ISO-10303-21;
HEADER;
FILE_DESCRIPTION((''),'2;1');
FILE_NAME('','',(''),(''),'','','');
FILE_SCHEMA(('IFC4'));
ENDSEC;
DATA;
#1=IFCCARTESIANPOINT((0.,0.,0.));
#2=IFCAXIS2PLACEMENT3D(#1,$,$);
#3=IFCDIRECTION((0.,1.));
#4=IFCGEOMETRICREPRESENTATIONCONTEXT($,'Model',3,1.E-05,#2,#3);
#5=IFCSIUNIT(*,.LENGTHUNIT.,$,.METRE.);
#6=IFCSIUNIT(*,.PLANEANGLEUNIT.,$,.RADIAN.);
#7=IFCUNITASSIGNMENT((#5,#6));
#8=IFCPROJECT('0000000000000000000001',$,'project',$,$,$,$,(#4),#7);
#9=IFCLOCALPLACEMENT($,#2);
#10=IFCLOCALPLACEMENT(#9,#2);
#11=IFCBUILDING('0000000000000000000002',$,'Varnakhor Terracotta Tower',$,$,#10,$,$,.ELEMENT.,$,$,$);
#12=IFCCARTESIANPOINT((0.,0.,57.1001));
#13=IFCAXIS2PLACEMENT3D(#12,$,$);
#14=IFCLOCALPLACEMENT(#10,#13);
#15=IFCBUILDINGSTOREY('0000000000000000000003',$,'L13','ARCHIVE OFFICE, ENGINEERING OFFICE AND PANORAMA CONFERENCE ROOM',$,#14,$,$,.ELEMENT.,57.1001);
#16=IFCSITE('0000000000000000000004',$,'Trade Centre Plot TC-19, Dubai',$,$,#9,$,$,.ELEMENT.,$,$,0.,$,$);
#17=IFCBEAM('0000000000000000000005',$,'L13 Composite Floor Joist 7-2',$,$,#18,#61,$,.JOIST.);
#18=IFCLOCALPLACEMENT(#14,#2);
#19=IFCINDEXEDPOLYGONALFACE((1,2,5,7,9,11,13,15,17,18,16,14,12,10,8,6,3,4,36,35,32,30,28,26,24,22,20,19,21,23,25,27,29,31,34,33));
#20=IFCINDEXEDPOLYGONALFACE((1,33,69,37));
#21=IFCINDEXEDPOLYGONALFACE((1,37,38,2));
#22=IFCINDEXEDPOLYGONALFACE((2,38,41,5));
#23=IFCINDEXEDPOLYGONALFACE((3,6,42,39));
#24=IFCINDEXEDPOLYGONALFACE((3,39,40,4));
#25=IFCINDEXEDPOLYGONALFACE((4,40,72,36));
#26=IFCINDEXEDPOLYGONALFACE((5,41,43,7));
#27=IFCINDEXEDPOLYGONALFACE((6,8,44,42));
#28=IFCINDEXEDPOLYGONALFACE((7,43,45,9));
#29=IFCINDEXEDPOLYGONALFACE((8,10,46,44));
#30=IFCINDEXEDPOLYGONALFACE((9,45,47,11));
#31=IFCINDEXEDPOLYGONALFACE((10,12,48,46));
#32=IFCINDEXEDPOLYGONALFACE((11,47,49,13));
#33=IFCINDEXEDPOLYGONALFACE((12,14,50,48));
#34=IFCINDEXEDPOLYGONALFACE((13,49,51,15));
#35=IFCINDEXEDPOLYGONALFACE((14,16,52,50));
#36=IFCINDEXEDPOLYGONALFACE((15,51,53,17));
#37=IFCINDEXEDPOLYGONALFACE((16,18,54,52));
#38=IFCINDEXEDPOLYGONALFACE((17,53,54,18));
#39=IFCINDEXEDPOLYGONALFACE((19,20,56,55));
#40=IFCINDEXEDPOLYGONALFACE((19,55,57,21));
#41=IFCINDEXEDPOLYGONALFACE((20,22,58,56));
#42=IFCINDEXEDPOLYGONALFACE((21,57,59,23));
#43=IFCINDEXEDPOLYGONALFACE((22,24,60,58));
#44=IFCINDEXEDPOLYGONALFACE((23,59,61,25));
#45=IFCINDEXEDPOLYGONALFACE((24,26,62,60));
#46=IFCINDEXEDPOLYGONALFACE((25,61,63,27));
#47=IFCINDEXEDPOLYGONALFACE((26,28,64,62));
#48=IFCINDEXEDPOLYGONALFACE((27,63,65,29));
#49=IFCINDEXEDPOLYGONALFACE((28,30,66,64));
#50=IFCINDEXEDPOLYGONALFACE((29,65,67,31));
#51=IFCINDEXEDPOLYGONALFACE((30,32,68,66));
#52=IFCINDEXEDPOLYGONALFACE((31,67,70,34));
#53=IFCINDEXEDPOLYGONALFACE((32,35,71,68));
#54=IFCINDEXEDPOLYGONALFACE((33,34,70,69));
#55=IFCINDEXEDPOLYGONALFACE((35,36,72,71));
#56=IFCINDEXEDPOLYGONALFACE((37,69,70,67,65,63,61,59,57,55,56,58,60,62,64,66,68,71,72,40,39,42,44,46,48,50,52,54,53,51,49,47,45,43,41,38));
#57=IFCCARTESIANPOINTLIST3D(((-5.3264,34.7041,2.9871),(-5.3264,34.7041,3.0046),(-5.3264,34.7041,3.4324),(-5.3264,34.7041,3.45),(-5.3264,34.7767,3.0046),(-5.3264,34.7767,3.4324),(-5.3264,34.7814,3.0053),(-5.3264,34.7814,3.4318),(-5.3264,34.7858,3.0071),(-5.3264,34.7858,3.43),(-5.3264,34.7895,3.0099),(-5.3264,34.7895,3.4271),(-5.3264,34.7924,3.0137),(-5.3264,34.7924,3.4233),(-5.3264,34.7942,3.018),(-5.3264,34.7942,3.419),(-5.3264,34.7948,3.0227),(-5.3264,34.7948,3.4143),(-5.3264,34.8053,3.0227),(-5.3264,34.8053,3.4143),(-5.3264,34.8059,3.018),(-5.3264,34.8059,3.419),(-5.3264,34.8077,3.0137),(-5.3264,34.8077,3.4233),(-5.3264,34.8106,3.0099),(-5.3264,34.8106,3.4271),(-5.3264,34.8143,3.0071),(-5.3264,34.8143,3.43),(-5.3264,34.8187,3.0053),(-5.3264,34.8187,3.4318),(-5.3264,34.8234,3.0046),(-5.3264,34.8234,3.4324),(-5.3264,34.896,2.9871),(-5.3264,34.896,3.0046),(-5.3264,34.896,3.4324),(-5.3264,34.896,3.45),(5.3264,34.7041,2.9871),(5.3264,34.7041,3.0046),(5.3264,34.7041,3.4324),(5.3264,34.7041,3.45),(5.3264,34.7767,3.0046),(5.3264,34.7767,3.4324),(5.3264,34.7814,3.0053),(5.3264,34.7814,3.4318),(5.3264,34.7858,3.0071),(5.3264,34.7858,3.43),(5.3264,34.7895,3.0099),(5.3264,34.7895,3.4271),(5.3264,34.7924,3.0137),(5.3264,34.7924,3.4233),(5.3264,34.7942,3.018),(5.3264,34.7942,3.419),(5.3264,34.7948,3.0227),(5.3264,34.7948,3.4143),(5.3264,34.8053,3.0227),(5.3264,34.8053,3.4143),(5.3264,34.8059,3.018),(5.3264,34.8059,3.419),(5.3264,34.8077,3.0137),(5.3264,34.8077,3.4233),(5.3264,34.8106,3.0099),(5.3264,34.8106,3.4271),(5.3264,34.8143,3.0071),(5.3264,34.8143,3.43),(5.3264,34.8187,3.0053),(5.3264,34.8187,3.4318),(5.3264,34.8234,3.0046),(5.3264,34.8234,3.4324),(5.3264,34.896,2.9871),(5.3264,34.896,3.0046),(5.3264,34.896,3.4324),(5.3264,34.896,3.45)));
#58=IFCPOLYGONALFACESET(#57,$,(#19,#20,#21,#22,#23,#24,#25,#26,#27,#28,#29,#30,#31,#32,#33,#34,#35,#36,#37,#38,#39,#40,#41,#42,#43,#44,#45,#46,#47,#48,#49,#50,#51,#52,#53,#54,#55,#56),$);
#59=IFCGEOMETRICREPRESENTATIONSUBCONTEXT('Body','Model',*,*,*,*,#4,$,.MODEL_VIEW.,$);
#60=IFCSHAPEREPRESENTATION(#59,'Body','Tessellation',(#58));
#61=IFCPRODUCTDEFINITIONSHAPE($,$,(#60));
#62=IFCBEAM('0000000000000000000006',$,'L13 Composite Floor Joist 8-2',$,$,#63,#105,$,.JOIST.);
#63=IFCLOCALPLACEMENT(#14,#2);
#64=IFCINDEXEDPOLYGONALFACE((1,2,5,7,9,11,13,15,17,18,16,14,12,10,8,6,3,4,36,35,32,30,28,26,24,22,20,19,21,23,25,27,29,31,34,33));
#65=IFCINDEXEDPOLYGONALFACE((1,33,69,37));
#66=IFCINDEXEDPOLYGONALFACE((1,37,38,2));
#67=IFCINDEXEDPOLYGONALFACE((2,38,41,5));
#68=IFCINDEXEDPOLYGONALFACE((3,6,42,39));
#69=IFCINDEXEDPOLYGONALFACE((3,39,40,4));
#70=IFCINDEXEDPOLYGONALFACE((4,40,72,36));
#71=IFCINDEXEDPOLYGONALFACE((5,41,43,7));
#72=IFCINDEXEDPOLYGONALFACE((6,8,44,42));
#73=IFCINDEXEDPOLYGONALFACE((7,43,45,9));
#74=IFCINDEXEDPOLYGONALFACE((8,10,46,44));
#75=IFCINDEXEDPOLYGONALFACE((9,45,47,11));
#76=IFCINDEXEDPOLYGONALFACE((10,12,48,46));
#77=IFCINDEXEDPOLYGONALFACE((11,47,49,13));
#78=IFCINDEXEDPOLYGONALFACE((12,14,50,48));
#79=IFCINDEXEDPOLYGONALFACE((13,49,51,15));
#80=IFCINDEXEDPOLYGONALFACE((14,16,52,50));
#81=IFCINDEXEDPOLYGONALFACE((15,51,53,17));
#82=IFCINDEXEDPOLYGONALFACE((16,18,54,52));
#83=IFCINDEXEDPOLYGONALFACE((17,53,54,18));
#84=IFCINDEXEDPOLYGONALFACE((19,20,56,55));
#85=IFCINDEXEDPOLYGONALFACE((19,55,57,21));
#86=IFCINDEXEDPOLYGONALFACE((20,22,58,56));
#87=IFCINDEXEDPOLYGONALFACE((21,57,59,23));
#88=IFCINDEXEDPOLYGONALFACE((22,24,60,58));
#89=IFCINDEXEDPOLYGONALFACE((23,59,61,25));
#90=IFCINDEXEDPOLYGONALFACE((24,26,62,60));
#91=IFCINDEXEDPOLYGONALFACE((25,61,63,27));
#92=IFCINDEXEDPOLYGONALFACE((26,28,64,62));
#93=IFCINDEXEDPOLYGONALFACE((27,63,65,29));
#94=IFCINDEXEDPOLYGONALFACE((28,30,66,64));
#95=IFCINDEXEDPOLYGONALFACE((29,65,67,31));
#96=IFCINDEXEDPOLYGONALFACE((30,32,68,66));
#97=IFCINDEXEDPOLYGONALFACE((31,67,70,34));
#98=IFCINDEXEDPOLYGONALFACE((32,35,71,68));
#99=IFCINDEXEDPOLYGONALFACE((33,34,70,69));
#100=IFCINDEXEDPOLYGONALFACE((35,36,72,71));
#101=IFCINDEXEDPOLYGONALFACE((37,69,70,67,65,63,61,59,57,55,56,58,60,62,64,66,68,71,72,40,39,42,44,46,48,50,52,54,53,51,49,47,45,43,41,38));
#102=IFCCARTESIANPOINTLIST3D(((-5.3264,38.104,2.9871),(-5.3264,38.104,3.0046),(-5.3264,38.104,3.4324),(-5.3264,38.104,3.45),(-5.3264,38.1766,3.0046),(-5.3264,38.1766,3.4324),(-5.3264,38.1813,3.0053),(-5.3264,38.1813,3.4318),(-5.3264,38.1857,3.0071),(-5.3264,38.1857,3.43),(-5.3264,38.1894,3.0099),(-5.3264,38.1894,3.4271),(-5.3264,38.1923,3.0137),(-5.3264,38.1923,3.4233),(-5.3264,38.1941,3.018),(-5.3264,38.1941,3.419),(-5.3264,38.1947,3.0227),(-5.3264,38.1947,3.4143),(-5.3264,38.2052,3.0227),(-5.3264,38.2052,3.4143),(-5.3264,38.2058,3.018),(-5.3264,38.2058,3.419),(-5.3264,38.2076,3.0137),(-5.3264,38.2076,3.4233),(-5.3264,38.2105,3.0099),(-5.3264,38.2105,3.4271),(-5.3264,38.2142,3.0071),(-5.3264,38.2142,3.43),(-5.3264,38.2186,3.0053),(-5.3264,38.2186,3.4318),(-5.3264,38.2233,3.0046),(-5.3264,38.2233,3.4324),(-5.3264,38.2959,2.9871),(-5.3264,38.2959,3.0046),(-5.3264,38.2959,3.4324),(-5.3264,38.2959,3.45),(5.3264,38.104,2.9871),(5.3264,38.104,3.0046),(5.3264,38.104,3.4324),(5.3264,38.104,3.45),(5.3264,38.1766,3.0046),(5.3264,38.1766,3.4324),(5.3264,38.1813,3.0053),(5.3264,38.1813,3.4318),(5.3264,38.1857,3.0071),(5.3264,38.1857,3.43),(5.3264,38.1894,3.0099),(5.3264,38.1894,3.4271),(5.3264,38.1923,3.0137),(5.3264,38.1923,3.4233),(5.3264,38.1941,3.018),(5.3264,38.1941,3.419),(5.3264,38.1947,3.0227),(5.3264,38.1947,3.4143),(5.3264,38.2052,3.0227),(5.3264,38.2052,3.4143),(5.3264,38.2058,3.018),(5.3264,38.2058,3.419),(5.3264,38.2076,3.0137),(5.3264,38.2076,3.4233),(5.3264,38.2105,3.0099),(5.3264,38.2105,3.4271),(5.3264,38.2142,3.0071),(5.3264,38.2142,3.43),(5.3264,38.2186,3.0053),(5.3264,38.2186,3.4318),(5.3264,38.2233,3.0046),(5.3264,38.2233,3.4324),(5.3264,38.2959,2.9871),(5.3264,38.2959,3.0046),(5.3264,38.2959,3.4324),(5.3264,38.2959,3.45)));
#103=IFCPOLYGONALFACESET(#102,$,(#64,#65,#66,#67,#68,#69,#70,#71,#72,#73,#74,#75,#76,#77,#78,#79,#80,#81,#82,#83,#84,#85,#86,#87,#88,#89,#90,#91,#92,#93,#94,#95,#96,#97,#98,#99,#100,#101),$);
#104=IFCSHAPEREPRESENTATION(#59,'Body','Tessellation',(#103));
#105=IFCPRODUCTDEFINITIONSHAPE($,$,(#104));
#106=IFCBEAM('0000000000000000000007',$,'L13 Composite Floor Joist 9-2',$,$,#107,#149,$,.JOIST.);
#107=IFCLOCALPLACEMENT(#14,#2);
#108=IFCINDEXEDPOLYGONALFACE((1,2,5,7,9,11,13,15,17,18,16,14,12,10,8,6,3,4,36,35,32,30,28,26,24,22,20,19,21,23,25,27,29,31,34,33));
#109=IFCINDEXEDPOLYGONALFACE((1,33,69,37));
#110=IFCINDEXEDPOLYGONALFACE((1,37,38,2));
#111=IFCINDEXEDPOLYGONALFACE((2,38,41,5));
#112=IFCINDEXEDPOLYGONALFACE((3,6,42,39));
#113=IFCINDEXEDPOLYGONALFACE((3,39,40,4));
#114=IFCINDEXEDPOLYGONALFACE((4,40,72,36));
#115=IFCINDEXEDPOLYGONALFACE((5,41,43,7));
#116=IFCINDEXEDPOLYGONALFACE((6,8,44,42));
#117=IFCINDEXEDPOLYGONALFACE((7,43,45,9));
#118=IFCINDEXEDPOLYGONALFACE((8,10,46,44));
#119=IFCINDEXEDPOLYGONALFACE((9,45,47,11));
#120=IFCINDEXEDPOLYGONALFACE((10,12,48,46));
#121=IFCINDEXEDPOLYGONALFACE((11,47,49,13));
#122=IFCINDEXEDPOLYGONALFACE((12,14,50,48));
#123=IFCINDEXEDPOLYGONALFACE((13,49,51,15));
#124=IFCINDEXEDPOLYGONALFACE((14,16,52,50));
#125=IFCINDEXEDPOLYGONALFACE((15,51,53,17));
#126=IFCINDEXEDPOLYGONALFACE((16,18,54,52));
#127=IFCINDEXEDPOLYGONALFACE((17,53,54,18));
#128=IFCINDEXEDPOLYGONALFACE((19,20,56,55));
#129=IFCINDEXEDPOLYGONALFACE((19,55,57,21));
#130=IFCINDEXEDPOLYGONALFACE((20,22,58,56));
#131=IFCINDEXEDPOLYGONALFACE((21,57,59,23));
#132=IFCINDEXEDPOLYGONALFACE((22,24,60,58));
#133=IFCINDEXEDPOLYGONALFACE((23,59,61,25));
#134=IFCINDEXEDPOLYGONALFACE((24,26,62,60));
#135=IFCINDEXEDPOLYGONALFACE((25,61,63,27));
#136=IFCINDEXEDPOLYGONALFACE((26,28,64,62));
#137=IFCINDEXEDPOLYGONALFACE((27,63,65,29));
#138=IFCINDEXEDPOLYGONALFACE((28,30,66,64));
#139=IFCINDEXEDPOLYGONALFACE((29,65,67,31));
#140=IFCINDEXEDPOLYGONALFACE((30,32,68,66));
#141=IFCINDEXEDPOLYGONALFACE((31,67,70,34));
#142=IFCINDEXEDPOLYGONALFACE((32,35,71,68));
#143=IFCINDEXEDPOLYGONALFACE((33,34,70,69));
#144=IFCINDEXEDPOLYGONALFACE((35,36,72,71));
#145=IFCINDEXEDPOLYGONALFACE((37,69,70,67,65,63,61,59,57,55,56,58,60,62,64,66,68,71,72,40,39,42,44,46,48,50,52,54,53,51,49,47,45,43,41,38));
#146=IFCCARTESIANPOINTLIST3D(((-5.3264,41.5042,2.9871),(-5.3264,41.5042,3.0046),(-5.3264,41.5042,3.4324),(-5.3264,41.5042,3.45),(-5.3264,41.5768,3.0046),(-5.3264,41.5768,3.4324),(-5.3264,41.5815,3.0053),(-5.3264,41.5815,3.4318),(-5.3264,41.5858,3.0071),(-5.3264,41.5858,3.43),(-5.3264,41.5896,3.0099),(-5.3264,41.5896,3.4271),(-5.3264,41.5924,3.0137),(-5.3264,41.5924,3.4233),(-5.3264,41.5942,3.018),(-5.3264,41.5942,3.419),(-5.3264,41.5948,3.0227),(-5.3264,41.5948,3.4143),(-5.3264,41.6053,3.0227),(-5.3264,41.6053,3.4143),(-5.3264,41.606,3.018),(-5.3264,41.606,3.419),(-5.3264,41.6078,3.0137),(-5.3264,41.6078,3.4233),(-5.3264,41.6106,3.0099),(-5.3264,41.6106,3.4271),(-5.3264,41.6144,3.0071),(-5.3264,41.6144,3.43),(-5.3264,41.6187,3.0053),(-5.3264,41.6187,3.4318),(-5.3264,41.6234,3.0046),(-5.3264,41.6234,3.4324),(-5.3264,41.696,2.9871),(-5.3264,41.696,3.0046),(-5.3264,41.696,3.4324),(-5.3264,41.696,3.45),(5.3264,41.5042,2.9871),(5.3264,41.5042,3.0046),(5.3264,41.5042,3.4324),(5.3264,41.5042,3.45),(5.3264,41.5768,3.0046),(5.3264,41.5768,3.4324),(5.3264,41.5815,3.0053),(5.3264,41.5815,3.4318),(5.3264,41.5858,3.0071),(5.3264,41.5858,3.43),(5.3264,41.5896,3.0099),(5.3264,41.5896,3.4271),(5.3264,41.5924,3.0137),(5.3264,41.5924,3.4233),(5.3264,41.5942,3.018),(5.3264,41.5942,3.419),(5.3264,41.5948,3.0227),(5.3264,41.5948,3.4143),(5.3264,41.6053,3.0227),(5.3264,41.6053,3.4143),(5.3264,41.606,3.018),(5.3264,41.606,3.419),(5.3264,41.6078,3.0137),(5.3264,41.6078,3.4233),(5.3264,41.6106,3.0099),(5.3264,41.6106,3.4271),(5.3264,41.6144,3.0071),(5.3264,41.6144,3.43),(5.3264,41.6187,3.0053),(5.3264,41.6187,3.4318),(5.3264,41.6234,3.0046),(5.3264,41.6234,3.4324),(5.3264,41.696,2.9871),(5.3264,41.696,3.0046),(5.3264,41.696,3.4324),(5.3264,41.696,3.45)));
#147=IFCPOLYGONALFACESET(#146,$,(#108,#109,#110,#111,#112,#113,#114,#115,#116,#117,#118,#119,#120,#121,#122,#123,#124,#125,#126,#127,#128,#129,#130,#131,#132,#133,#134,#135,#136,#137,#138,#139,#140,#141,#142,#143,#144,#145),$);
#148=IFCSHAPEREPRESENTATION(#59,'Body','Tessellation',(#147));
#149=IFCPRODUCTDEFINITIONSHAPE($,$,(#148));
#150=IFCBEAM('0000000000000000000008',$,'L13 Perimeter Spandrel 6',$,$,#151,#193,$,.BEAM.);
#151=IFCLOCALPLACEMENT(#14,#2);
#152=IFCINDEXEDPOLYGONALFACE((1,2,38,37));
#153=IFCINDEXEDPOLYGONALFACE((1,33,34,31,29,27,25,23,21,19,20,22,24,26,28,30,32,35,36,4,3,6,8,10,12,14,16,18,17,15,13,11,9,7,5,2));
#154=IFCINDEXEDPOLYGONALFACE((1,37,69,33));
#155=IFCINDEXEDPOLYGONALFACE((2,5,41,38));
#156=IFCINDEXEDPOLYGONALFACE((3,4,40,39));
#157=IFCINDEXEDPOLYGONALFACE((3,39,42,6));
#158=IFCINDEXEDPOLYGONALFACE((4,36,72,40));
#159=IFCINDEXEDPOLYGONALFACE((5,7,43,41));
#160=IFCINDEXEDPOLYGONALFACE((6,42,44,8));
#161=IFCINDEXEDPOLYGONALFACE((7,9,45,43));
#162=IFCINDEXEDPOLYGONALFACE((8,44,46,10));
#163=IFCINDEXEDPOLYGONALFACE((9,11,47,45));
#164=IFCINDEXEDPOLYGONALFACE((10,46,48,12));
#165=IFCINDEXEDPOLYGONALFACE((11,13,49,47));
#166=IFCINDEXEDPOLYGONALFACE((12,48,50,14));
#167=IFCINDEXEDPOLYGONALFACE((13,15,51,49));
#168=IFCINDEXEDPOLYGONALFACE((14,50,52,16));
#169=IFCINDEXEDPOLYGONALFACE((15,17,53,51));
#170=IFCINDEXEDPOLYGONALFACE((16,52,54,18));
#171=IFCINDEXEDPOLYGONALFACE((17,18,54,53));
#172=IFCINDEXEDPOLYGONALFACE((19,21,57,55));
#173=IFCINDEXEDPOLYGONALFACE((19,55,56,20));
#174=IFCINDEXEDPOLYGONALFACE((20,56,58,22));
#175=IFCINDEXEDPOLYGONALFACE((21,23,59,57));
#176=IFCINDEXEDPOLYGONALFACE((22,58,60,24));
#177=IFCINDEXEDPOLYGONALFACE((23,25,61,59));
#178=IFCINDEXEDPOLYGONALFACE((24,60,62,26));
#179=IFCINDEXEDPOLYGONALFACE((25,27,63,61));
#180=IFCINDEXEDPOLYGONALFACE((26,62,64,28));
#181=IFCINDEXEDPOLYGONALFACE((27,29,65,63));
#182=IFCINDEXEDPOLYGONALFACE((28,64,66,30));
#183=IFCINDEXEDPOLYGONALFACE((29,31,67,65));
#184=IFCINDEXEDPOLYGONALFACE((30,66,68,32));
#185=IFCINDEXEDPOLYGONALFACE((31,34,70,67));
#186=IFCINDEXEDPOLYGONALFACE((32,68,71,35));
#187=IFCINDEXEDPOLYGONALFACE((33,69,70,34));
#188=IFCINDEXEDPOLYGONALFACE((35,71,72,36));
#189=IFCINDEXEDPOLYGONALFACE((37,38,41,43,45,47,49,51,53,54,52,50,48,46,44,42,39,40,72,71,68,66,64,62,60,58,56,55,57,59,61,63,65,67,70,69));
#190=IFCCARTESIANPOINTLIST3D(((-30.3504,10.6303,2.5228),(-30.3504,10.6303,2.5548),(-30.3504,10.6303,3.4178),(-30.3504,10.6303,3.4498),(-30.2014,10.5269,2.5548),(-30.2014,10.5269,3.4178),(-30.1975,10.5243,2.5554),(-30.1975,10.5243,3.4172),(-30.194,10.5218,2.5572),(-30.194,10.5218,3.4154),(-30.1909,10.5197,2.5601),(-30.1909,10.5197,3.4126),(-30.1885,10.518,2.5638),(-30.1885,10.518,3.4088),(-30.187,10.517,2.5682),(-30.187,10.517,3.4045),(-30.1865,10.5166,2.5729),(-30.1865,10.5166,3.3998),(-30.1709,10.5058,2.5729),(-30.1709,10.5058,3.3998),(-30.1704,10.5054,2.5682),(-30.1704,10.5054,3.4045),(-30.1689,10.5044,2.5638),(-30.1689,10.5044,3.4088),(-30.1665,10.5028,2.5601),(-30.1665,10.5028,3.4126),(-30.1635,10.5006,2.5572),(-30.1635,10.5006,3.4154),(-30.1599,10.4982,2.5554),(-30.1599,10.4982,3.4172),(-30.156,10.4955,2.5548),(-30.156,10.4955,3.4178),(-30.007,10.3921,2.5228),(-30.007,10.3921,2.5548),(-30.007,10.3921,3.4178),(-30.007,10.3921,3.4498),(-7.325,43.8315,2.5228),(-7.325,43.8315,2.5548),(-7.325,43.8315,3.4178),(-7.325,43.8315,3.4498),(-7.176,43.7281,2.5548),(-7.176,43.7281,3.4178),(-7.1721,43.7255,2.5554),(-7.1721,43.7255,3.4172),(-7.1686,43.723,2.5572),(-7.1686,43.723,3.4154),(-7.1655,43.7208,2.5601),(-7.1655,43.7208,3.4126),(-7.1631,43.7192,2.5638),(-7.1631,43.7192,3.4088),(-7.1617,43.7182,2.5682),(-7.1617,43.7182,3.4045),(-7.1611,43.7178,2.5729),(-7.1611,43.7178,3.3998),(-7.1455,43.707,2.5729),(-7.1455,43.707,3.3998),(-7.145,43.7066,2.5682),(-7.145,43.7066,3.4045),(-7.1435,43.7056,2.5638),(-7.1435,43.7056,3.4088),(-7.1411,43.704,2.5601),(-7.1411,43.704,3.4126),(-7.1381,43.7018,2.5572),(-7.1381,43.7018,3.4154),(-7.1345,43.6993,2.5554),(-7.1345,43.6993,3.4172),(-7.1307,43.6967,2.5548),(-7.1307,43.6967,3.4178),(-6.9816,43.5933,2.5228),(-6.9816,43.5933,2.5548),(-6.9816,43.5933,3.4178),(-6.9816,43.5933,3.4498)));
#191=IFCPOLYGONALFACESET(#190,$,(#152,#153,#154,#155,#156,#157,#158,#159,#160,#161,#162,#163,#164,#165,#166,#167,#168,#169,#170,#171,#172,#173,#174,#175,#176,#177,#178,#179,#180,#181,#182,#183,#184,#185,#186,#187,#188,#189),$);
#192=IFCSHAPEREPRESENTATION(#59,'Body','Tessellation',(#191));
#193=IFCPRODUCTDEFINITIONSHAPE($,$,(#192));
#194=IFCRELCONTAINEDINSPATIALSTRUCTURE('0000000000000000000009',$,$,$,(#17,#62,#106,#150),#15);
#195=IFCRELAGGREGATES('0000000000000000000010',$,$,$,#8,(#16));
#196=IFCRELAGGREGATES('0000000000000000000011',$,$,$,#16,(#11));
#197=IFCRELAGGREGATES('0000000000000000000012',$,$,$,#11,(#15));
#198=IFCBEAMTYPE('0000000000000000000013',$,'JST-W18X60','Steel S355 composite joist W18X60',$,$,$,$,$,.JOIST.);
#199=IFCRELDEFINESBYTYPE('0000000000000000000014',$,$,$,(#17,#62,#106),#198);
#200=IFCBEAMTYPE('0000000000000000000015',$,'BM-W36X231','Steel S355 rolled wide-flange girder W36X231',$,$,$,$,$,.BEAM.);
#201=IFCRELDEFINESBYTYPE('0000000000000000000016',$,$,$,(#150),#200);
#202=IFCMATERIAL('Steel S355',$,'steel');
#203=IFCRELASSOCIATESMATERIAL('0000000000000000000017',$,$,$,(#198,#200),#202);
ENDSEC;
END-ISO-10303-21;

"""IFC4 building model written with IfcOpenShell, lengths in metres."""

from ifc_helpers import new_model, si_unit, direction, frame, origin, origin_2d, place, context, subcontext, project, spatial, i_section, extrude, source, transform, mapped, material, material_profile, profile_set, type_object, element, save


model = new_model("IFC4")

# Units and contexts
model_context = context("Model", 3, precision=1e-05, world=origin(), true_north=direction((0.0, 1.0)))
body_context = subcontext(model_context, "Body", "Model", "MODEL_VIEW")
ifc_project = project(units=[si_unit("LENGTHUNIT", "METRE"), si_unit("PLANEANGLEUNIT", "RADIAN")], contexts=[model_context])

# Site, building, storey
site_placement = place(None, origin())
site = spatial("IfcSite", under=ifc_project, at=site_placement, Name="Trade Centre Plot TC-19, Dubai", CompositionType="ELEMENT", RefElevation=0.0)
building_placement = place(site_placement, origin())
building = spatial("IfcBuilding", under=site, at=building_placement, Name="Varnakhor Terracotta Tower", CompositionType="ELEMENT")
storey_placement = place(building_placement, frame((0.0, 0.0, 57.1001)))
storey = spatial("IfcBuildingStorey", under=building, at=storey_placement, Name="L13", Description="ARCHIVE OFFICE, ENGINEERING OFFICE AND PANORAMA CONFERENCE ROOM", CompositionType="ELEMENT", Elevation=57.1001)

# Beams
ifc_material_1 = material(Name="Steel S355", Category="steel")
ifc_material_profile_1 = material_profile(ifc_material_1, i_section(OverallWidth=0.1919, OverallDepth=0.4629, WebThickness=0.0105, FlangeThickness=0.0176, FilletRadius=0.0181, at=origin_2d()), Name="W18X60")
ifc_profile_set_1 = profile_set([ifc_material_profile_1], Name="Steel S355")
beam_type_1 = type_object("IfcBeamType", Name="JST-W18X60", Description="Steel S355 composite joist W18X60", PredefinedType="JOIST", material=ifc_profile_set_1)
shared_shape_1 = source(origin(), body_context, "Body", "SweptSolid", [
    extrude(i_section(OverallWidth=0.1919, OverallDepth=0.4629, WebThickness=0.0105, FlangeThickness=0.0176, FilletRadius=0.0181, at=origin_2d()), origin(), (0.0, 0.0, 1.0), 10.6528),
])
for number, where, z_axis, x_axis, name in (
    (1, (-5.3264, 34.8, 3.2185), (1.0, 0.0, 0.0), (0.0, 1.0, 0.0), "L13 Composite Floor Joist 7-2"),
    (2, (-5.3264, 38.2, 3.2185), (1.0, 0.0, 0.0), (0.0, 1.0, 0.0), "L13 Composite Floor Joist 8-2"),
    (3, (-5.3264, 41.6001, 3.2185), (1.0, 0.0, 0.0), (0.0, 1.0, 0.0), "L13 Composite Floor Joist 9-2"),
):
    element("IfcBeam", number, at=place(storey_placement, frame(where, z_axis=z_axis, x_axis=x_axis)), inside=storey, type_object=beam_type_1, Name=name, PredefinedType="JOIST", context=body_context, shape_type="MappedRepresentation", body=[
        mapped(shared_shape_1, transform((0.0, 0.0, 0.0), scale=1.0)),
    ])
ifc_material_profile_2 = material_profile(ifc_material_1, i_section(OverallWidth=0.418, OverallDepth=0.927, WebThickness=0.019, FlangeThickness=0.032, FilletRadius=0.0181, at=origin_2d()), Name="W36X231")
ifc_profile_set_2 = profile_set([ifc_material_profile_2], Name="Steel S355")
beam_type_2 = type_object("IfcBeamType", Name="BM-W36X231", Description="Steel S355 rolled wide-flange girder W36X231", PredefinedType="BEAM", material=ifc_profile_set_2)
shared_shape_2 = source(origin(), body_context, "Body", "SweptSolid", [
    extrude(i_section(OverallWidth=0.418, OverallDepth=0.927, WebThickness=0.019, FlangeThickness=0.032, FilletRadius=0.0181, at=origin_2d()), origin(), (0.0, 0.0, 1.0), 40.4041),
])
beam_1_placement = place(storey_placement, frame((-7.1533, 43.7124, 2.9863), z_axis=(-0.569878, -0.821729, 0.0), x_axis=(0.821729, -0.569878, 0.0)))
element("IfcBeam", 4, at=beam_1_placement, inside=storey, type_object=beam_type_2, Name="L13 Perimeter Spandrel 6", PredefinedType="BEAM", context=body_context, shape_type="MappedRepresentation", body=[
    mapped(shared_shape_2, transform((0.0, 0.0, 0.0), scale=1.0)),
])

save(model, "model.ifc")
